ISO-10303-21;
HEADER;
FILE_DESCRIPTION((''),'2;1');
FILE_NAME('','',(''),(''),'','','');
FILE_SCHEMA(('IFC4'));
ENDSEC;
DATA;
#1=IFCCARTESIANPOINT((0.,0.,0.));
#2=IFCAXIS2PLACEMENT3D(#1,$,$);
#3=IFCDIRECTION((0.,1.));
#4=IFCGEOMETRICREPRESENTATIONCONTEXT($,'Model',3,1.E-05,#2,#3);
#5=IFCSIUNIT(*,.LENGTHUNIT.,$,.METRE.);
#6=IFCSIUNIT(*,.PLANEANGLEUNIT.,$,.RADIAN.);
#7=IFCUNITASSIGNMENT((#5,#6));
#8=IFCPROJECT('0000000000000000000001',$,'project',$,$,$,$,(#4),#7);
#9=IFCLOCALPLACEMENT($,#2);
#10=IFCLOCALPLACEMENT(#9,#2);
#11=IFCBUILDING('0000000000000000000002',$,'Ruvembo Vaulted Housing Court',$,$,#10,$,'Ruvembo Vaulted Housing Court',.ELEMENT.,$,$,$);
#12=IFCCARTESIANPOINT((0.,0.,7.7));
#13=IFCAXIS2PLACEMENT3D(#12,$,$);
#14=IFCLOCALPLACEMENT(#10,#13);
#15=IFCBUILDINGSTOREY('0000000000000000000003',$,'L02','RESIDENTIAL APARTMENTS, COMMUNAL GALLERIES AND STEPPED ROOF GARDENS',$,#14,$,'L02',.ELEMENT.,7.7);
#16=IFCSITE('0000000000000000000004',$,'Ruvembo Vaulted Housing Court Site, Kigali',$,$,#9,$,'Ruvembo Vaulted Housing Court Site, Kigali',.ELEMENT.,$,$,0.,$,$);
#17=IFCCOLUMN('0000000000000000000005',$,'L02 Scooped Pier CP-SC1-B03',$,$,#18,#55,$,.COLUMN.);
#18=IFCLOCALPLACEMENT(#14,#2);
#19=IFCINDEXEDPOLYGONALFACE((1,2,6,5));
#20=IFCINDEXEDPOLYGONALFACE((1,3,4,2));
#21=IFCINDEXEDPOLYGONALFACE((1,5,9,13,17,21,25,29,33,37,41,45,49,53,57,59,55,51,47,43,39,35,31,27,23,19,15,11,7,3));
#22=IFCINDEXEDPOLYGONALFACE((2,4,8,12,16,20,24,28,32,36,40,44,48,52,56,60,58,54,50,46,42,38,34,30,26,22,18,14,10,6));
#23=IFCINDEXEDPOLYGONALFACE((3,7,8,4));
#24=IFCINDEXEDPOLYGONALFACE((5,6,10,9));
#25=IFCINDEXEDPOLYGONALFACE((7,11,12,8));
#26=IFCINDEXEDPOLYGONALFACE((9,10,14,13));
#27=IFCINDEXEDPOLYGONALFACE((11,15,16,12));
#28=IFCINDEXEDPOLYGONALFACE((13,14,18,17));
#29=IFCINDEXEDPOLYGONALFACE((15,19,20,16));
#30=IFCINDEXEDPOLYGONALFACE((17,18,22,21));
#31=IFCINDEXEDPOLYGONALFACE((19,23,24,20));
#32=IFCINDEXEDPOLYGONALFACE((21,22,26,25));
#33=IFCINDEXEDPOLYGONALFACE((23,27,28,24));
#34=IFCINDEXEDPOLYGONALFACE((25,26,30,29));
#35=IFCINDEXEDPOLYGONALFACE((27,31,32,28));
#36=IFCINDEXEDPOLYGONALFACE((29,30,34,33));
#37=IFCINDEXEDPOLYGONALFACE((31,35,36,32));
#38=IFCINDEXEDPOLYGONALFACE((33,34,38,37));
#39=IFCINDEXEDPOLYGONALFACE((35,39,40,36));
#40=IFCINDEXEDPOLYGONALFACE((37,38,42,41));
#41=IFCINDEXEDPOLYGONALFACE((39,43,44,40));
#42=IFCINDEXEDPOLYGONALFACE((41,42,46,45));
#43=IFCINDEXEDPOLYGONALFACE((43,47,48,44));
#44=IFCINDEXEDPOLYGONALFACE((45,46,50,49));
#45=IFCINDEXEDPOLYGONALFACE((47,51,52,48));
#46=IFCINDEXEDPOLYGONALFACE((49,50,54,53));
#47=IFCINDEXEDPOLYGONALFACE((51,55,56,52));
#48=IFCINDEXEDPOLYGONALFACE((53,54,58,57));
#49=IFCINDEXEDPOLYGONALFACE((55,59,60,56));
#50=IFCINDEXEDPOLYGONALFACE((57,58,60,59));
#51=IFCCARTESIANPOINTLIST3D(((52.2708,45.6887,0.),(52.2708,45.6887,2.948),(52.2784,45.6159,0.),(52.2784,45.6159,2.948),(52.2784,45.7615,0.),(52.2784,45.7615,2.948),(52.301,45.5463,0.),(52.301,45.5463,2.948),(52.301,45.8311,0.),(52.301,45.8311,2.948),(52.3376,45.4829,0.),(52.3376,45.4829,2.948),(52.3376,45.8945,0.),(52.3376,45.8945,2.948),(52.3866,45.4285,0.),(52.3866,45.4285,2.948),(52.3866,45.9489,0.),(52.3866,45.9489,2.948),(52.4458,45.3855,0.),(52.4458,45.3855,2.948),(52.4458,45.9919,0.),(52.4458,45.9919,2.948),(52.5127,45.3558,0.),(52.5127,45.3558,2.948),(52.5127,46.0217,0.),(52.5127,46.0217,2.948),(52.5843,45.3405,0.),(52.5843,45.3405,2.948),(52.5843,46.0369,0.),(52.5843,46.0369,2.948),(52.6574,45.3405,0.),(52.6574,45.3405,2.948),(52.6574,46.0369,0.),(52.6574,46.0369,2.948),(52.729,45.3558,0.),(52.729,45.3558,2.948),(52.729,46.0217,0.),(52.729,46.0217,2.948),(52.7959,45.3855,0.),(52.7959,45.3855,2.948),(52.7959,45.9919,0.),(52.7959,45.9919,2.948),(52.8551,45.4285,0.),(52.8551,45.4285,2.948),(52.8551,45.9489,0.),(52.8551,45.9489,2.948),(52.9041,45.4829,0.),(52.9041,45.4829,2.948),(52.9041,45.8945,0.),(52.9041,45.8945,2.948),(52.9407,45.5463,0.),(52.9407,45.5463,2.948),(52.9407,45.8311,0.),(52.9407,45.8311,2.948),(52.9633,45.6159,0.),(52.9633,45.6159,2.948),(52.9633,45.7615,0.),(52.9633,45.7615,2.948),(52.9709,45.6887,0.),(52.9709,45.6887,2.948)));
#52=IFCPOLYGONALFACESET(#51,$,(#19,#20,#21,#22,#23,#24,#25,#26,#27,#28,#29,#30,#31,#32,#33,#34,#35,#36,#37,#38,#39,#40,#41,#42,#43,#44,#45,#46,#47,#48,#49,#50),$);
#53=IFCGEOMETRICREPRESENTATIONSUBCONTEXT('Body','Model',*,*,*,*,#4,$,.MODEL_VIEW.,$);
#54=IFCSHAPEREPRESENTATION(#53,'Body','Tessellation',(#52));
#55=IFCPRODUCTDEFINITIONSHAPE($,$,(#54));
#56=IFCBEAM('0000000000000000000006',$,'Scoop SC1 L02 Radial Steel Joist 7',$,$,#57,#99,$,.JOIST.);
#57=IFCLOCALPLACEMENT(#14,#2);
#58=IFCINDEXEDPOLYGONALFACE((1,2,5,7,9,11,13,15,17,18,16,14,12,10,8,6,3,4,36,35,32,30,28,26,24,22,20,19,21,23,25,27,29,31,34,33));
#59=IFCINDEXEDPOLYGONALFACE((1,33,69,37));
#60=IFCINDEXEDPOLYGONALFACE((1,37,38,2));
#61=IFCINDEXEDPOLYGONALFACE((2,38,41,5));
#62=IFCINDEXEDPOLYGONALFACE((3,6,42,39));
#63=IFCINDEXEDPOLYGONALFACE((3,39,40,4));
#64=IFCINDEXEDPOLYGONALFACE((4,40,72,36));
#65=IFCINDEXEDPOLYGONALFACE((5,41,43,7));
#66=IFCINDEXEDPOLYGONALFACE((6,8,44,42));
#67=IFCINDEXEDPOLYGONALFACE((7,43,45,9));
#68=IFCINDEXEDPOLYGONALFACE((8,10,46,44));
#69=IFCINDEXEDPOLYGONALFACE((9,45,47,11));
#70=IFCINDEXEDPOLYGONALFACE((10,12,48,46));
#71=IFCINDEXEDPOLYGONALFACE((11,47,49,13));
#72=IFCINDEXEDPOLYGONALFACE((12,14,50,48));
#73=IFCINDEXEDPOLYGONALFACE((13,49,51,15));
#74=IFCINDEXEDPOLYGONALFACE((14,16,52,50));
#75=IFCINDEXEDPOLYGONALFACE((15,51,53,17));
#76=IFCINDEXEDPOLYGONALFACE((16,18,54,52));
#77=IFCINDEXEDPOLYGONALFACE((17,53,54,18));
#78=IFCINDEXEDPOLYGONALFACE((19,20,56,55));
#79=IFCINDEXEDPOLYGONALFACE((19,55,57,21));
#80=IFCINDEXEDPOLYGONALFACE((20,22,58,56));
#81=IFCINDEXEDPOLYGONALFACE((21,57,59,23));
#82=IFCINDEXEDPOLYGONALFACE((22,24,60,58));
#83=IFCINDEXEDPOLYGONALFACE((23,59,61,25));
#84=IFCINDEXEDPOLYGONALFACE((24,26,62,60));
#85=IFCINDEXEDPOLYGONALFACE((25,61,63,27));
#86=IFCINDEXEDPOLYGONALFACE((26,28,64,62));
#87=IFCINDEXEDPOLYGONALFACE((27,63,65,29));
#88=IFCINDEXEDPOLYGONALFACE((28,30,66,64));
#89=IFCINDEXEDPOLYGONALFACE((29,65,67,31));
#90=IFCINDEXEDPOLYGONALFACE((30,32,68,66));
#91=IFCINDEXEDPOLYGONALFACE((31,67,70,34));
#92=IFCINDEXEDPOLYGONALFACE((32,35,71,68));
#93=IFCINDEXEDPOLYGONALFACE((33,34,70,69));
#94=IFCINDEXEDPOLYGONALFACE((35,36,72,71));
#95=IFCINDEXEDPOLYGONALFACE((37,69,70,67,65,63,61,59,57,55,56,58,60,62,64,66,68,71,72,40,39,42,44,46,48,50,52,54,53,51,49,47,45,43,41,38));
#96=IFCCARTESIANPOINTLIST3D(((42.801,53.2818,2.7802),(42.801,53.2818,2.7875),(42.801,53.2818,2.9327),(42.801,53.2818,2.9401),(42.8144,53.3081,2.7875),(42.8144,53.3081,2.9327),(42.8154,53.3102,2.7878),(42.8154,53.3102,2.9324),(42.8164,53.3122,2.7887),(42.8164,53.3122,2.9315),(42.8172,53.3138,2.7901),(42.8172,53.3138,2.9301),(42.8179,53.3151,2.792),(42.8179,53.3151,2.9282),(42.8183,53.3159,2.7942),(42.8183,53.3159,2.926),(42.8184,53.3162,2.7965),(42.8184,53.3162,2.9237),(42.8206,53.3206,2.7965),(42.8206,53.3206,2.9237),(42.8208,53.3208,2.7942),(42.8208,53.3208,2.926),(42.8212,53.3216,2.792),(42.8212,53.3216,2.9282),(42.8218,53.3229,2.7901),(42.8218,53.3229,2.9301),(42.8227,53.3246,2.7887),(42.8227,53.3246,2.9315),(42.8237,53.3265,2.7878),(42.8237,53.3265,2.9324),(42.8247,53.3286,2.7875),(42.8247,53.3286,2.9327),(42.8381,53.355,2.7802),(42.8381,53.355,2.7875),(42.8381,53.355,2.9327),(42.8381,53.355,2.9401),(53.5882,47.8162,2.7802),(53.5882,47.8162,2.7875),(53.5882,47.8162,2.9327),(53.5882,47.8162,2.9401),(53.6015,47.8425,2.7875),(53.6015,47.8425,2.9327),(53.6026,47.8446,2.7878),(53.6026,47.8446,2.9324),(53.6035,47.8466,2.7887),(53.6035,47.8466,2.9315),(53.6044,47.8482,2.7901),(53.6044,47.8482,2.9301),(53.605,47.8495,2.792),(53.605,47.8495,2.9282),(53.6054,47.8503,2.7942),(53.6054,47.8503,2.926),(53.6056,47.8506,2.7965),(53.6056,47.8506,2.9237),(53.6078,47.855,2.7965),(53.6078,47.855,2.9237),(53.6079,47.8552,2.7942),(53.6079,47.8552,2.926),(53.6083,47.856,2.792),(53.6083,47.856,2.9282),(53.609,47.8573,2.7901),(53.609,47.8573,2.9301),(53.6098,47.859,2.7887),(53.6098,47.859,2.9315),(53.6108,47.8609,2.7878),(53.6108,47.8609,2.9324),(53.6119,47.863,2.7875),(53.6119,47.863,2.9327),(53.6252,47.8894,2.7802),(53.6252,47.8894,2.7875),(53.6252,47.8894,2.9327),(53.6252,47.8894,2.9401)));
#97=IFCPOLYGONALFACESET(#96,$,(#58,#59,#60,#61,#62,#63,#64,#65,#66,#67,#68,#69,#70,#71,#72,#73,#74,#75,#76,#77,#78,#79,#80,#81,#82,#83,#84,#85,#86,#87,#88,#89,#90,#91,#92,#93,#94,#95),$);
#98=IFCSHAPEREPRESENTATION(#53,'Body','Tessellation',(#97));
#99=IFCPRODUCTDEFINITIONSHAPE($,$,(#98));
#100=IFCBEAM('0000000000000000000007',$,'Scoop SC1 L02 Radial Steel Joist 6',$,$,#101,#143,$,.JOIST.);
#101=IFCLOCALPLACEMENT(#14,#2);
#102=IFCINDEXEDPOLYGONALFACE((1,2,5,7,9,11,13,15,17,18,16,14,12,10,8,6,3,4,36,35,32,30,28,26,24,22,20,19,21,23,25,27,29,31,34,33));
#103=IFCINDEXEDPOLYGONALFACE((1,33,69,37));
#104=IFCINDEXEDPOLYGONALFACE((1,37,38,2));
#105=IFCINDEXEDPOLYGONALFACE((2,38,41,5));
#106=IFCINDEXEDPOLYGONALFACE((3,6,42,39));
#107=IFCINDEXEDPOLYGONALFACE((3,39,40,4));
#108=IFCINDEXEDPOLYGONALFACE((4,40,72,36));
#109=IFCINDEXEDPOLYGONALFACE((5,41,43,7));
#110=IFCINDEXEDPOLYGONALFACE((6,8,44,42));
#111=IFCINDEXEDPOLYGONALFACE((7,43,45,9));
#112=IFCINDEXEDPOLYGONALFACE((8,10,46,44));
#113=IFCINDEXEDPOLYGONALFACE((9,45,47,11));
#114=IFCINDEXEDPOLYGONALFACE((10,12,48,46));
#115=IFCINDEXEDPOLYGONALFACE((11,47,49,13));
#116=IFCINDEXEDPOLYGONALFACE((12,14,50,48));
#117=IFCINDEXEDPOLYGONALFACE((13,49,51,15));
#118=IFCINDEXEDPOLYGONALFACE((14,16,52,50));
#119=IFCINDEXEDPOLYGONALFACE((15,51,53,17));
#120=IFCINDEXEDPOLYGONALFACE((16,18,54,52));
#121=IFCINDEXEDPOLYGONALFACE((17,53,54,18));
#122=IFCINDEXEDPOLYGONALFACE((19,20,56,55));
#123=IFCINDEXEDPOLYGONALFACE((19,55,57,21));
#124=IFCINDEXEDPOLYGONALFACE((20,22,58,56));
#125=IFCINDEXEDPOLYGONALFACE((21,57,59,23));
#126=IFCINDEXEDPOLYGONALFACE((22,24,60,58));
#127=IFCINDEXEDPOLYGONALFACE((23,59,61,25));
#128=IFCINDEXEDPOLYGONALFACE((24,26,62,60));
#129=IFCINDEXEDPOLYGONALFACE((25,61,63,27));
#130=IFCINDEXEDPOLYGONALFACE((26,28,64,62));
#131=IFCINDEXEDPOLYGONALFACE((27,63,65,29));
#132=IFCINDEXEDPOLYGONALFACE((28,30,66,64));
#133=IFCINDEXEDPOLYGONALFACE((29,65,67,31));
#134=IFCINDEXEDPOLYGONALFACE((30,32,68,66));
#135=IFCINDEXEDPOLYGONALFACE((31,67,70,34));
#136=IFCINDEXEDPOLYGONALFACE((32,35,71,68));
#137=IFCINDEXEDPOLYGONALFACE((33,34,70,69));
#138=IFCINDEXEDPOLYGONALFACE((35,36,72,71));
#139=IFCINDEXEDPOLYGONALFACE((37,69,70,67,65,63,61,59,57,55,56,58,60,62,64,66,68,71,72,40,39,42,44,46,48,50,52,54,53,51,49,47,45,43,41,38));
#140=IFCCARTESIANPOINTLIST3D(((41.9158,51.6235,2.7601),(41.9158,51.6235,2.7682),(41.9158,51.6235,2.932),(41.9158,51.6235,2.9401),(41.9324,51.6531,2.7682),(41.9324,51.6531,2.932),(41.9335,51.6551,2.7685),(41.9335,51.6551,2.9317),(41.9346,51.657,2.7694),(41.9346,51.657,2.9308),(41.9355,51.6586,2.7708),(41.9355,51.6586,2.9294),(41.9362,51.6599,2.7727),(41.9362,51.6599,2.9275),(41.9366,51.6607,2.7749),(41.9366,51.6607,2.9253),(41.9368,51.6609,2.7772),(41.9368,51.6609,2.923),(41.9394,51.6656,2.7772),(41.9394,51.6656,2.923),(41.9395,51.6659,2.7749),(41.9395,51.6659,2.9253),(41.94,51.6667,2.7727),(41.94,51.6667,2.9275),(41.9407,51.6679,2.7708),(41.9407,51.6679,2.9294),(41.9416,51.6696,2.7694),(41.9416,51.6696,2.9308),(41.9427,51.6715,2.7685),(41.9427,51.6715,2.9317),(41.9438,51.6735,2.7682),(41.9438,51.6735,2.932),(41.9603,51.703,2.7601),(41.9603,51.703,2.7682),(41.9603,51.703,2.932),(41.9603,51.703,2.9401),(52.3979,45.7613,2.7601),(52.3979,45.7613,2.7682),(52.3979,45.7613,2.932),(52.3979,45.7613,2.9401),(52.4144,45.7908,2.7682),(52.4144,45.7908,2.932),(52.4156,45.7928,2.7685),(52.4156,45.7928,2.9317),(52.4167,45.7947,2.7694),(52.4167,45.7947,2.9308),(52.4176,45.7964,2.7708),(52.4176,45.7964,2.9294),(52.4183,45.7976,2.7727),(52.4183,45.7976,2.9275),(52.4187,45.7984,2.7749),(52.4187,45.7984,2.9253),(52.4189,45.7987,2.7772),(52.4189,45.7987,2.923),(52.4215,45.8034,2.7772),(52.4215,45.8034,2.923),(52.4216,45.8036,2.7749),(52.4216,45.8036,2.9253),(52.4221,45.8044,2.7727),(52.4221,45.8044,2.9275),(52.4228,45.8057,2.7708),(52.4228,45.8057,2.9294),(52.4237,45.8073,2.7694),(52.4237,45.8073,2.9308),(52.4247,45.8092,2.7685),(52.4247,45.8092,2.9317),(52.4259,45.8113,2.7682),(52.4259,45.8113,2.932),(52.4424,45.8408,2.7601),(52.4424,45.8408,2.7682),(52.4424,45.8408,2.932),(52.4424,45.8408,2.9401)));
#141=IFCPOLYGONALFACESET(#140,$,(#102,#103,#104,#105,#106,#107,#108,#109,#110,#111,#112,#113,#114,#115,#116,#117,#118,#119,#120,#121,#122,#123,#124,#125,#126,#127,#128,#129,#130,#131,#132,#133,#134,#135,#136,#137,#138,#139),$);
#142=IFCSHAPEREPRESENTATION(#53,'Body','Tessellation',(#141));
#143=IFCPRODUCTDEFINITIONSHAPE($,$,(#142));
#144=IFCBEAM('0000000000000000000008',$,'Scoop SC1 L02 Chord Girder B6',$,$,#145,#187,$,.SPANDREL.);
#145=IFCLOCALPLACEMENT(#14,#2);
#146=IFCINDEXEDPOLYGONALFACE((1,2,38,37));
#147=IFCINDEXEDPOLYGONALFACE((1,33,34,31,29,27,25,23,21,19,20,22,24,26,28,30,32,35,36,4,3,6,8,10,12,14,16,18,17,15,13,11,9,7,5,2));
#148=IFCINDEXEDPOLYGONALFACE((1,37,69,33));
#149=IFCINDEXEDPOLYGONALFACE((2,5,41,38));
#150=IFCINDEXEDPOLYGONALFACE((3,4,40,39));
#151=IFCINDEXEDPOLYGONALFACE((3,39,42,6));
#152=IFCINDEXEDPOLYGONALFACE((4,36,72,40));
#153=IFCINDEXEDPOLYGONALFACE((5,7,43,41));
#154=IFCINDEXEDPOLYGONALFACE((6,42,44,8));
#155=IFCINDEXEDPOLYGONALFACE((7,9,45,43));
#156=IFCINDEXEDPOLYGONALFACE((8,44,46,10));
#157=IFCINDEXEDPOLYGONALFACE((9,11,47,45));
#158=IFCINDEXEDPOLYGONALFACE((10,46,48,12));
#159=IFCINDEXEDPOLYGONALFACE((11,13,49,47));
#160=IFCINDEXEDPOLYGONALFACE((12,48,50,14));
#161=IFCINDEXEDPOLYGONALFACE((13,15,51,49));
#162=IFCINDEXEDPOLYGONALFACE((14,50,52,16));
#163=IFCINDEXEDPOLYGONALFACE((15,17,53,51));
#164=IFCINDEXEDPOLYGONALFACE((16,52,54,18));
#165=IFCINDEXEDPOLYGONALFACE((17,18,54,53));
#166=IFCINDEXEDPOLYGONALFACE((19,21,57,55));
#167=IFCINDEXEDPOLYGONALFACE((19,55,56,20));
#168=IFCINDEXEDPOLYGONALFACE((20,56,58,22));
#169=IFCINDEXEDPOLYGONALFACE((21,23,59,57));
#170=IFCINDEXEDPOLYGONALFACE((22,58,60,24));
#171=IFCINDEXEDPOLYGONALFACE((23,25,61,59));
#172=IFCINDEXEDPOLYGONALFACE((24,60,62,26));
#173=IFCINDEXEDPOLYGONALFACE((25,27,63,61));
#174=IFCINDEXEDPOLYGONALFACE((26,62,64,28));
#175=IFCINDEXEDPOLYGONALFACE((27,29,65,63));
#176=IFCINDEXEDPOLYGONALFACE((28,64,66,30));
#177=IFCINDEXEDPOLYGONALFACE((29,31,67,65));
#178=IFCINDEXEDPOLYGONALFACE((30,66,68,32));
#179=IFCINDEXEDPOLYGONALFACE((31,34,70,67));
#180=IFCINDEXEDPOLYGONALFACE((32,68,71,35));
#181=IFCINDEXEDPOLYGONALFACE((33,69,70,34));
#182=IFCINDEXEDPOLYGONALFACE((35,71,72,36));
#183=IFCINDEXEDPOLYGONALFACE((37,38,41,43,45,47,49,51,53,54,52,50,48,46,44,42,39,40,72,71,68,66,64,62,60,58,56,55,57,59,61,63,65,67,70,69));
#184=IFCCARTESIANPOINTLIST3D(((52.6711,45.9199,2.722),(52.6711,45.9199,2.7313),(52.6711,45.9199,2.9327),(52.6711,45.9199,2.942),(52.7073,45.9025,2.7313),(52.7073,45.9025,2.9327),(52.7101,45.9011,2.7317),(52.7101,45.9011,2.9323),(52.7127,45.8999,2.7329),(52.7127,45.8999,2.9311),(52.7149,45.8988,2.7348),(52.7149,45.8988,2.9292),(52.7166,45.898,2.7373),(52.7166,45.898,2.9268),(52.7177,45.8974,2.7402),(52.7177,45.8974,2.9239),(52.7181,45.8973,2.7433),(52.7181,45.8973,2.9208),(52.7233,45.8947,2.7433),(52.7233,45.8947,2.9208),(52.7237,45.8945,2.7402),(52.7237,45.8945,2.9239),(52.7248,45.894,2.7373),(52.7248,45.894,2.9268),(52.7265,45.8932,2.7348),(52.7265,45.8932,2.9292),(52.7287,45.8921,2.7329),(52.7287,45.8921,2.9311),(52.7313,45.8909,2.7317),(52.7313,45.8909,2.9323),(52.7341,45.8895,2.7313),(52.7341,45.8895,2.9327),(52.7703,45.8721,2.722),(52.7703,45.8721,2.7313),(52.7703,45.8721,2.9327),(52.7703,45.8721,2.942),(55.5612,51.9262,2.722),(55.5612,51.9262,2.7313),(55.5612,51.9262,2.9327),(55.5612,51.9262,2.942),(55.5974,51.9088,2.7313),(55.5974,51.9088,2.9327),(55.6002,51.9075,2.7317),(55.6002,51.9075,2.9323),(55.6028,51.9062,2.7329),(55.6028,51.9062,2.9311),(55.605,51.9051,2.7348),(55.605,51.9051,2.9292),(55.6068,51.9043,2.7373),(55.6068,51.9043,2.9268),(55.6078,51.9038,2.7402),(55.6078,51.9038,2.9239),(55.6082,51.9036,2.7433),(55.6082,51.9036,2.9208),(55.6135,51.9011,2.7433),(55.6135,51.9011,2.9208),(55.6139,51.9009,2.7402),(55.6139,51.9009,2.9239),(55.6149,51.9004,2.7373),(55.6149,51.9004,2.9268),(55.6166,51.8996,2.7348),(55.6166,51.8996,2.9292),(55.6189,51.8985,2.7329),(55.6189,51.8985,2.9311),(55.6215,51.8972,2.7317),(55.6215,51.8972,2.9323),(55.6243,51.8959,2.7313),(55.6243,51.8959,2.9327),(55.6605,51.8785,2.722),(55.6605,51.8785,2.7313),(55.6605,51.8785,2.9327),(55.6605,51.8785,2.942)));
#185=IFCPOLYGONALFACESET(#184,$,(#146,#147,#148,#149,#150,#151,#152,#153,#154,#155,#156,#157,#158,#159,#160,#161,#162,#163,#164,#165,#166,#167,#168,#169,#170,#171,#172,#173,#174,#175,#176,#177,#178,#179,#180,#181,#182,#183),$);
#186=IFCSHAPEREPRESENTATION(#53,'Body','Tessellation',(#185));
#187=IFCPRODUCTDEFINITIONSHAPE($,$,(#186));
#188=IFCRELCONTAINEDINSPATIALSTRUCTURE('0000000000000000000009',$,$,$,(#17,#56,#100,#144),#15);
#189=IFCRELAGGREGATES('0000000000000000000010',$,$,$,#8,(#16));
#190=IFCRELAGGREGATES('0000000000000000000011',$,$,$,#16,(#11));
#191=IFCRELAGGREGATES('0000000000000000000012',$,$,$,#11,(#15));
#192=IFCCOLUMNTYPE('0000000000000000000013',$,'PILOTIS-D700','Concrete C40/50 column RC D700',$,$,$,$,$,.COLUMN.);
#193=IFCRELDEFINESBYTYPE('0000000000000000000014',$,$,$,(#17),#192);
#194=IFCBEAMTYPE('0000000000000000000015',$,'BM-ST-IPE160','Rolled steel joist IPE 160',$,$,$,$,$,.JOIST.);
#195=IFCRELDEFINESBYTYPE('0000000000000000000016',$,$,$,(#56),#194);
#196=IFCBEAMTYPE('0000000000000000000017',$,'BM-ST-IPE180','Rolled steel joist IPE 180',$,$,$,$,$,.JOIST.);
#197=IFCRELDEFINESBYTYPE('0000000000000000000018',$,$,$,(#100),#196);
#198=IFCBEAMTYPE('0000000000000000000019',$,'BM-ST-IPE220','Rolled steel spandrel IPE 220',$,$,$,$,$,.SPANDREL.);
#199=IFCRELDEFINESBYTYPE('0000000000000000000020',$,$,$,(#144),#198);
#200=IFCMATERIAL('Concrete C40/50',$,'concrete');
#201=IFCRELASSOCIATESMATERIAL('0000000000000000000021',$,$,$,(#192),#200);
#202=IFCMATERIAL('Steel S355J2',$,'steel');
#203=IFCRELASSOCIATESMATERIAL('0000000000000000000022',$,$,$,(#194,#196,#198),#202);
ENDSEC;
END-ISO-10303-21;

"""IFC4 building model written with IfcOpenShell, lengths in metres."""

from ifc_helpers import new_model, si_unit, direction, frame, origin, origin_2d, place, context, subcontext, project, spatial, circle, i_section, extrude, material, material_profile, profile_set, type_object, element, save


model = new_model("IFC4")

# Units and contexts
model_context = context("Model", 3, precision=1e-05, world=origin(), true_north=direction((0.0, 1.0)))
body_context = subcontext(model_context, "Body", "Model", "MODEL_VIEW")
ifc_project = project(units=[si_unit("LENGTHUNIT", "METRE"), si_unit("PLANEANGLEUNIT", "RADIAN")], contexts=[model_context])

# Site, building, storey
site_placement = place(None, origin())
site = spatial("IfcSite", under=ifc_project, at=site_placement, Name="Ruvembo Vaulted Housing Court Site, Kigali", LongName="Ruvembo Vaulted Housing Court Site, Kigali", CompositionType="ELEMENT", RefElevation=0.0)
building_placement = place(site_placement, origin())
building = spatial("IfcBuilding", under=site, at=building_placement, Name="Ruvembo Vaulted Housing Court", LongName="Ruvembo Vaulted Housing Court", CompositionType="ELEMENT")
storey_placement = place(building_placement, frame((0.0, 0.0, 7.7)))
storey = spatial("IfcBuildingStorey", under=building, at=storey_placement, Name="L02", Description="RESIDENTIAL APARTMENTS, COMMUNAL GALLERIES AND STEPPED ROOF GARDENS", LongName="L02", CompositionType="ELEMENT", Elevation=7.7)

# Column
ifc_material_1 = material(Name="Concrete C40/50", Category="concrete")
ifc_material_profile_1 = material_profile(ifc_material_1, circle(Radius=0.3501, at=origin_2d()), Name="RC D700")
ifc_profile_set_1 = profile_set([ifc_material_profile_1], Name="Concrete C40/50")
column_type = type_object("IfcColumnType", Name="PILOTIS-D700", Description="Concrete C40/50 column RC D700", PredefinedType="COLUMN", material=ifc_profile_set_1)
column_placement = place(storey_placement, frame((52.6208, 45.6887, 0.0), z_axis=(0.0, 0.0, 1.0), x_axis=(1.0, 0.0, 0.0)))
element("IfcColumn", 1, at=column_placement, inside=storey, type_object=column_type, Name="L02 Scooped Pier CP-SC1-B03", PredefinedType="COLUMN", context=body_context, shape_type="SweptSolid", body=[
    extrude(circle(Radius=0.3501, at=origin_2d()), origin(), (0.0, 0.0, 1.0), 2.948),
])

# Beams
ifc_material_2 = material(Name="Steel S355J2", Category="steel")
ifc_material_profile_2 = material_profile(ifc_material_2, i_section(OverallWidth=0.082, OverallDepth=0.1599, WebThickness=0.0049, FlangeThickness=0.0073, FilletRadius=0.009, at=origin_2d()), Name="IPE 160")
ifc_profile_set_2 = profile_set([ifc_material_profile_2], Name="Steel S355J2")
beam_type_1 = type_object("IfcBeamType", Name="BM-ST-IPE160", Description="Rolled steel joist IPE 160", PredefinedType="JOIST", material=ifc_profile_set_2)
beam_1_placement = place(storey_placement, frame((53.6067, 47.8528, 2.8601), z_axis=(-0.892032, 0.451972, 0.0), x_axis=(-0.451972, -0.892032, 0.0)))
element("IfcBeam", 2, at=beam_1_placement, inside=storey, type_object=beam_type_1, Name="Scoop SC1 L02 Radial Steel Joist 7", PredefinedType="JOIST", context=body_context, shape_type="SweptSolid", body=[
    extrude(i_section(OverallWidth=0.082, OverallDepth=0.1599, WebThickness=0.0049, FlangeThickness=0.0073, FilletRadius=0.009, at=origin_2d()), origin(), (0.0, 0.0, 1.0), 12.0928),
])
ifc_material_profile_3 = material_profile(ifc_material_2, i_section(OverallWidth=0.0911, OverallDepth=0.1799, WebThickness=0.0054, FlangeThickness=0.0081, FilletRadius=0.009, at=origin_2d()), Name="IPE 180")
ifc_profile_set_3 = profile_set([ifc_material_profile_3], Name="Steel S355J2")
beam_type_2 = type_object("IfcBeamType", Name="BM-ST-IPE180", Description="Rolled steel joist IPE 180", PredefinedType="JOIST", material=ifc_profile_set_3)
beam_2_placement = place(storey_placement, frame((52.4202, 45.801, 2.8501), z_axis=(-0.87278, 0.488114, 0.0), x_axis=(-0.488114, -0.87278, 0.0)))
element("IfcBeam", 3, at=beam_2_placement, inside=storey, type_object=beam_type_2, Name="Scoop SC1 L02 Radial Steel Joist 6", PredefinedType="JOIST", context=body_context, shape_type="SweptSolid", body=[
    extrude(i_section(OverallWidth=0.0911, OverallDepth=0.1799, WebThickness=0.0054, FlangeThickness=0.0081, FilletRadius=0.009, at=origin_2d()), origin(), (0.0, 0.0, 1.0), 12.01),
])
ifc_material_profile_4 = material_profile(ifc_material_2, i_section(OverallWidth=0.1101, OverallDepth=0.22, WebThickness=0.0059, FlangeThickness=0.0093, FilletRadius=0.012, at=origin_2d()), Name="IPE 220")
ifc_profile_set_4 = profile_set([ifc_material_profile_4], Name="Steel S355J2")
beam_type_3 = type_object("IfcBeamType", Name="BM-ST-IPE220", Description="Rolled steel spandrel IPE 220", PredefinedType="SPANDREL", material=ifc_profile_set_4)
beam_3_placement = place(storey_placement, frame((52.7207, 45.896, 2.832), z_axis=(0.433595, 0.901108, 0.0), x_axis=(-0.901108, 0.433595, 0.0)))
element("IfcBeam", 4, at=beam_3_placement, inside=storey, type_object=beam_type_3, Name="Scoop SC1 L02 Chord Girder B6", PredefinedType="SPANDREL", context=body_context, shape_type="SweptSolid", body=[
    extrude(i_section(OverallWidth=0.1101, OverallDepth=0.22, WebThickness=0.0059, FlangeThickness=0.0093, FilletRadius=0.012, at=origin_2d()), origin(), (0.0, 0.0, 1.0), 6.6655),
])

save(model, "model.ifc")
